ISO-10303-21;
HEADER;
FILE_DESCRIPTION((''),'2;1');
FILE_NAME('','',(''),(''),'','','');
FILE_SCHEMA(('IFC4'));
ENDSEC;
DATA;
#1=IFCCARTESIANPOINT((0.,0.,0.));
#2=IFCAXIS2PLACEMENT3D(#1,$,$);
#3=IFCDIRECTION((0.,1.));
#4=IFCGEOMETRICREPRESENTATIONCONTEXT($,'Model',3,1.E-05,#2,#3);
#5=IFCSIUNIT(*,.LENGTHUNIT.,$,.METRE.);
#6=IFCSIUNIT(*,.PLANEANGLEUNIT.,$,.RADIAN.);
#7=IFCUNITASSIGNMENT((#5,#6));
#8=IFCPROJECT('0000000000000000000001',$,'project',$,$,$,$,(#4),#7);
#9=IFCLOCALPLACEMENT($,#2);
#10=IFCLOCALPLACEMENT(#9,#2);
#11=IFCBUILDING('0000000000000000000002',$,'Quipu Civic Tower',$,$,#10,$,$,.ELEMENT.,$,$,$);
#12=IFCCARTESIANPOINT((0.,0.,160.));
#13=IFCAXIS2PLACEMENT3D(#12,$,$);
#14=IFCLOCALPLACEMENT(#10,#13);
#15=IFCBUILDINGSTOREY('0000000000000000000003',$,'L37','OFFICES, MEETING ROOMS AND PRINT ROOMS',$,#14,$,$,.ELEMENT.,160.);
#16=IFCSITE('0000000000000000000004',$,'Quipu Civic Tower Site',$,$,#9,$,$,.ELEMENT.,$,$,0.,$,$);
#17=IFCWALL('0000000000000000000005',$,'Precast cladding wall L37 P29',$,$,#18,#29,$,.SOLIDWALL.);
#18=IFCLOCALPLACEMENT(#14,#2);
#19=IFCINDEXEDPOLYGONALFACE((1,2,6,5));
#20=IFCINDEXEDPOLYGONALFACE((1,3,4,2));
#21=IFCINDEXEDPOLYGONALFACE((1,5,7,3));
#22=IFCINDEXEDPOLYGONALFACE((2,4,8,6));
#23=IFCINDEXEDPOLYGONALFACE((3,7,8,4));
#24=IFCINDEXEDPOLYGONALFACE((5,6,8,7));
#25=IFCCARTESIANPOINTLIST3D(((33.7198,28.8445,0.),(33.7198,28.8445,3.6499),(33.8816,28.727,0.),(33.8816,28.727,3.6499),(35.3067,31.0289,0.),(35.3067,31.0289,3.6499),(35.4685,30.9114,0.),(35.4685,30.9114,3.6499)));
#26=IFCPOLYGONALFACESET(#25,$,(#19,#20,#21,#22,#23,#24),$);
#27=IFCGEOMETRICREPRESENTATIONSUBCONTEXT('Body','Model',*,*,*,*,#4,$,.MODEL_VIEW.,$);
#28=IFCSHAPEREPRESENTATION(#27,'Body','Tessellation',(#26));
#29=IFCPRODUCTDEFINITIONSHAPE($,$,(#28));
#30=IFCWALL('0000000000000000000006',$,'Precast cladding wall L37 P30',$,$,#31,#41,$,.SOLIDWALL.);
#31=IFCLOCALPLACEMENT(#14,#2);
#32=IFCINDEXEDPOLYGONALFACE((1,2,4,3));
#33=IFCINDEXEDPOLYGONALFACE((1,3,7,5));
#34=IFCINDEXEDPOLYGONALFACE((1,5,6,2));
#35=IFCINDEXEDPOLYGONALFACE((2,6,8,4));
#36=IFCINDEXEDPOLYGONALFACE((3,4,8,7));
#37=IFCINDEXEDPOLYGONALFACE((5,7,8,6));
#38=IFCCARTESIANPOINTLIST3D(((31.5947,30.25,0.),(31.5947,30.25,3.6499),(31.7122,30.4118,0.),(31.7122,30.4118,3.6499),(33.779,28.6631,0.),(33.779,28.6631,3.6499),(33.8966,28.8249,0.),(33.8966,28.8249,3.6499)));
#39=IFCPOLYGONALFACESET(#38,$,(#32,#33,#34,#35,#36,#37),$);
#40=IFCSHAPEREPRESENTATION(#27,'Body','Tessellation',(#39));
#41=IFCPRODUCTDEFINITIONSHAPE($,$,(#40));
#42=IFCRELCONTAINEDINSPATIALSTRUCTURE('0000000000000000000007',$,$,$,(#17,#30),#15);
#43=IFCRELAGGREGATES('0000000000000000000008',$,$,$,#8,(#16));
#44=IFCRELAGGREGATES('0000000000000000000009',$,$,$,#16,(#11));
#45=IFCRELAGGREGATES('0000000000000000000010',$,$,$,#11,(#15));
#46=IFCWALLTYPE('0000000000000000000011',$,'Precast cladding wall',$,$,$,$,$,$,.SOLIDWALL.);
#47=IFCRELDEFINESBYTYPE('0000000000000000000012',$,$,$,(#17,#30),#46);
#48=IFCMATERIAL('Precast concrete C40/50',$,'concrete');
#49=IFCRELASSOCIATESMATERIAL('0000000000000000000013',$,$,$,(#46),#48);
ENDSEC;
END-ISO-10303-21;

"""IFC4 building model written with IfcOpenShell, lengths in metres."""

from ifc_helpers import new_model, si_unit, direction, frame, frame_2d, origin, place, context, subcontext, project, spatial, rectangle, extrude, material, type_object, element, save


model = new_model("IFC4")

# Units and contexts
model_context = context("Model", 3, precision=1e-05, world=origin(), true_north=direction((0.0, 1.0)))
body_context = subcontext(model_context, "Body", "Model", "MODEL_VIEW")
ifc_project = project(units=[si_unit("LENGTHUNIT", "METRE"), si_unit("PLANEANGLEUNIT", "RADIAN")], contexts=[model_context])

# Site, building, storey
site_placement = place(None, origin())
site = spatial("IfcSite", under=ifc_project, at=site_placement, Name="Quipu Civic Tower Site", CompositionType="ELEMENT", RefElevation=0.0)
building_placement = place(site_placement, origin())
building = spatial("IfcBuilding", under=site, at=building_placement, Name="Quipu Civic Tower", CompositionType="ELEMENT")
storey_placement = place(building_placement, frame((0.0, 0.0, 160.0)))
storey = spatial("IfcBuildingStorey", under=building, at=storey_placement, Name="L37", Description="OFFICES, MEETING ROOMS AND PRINT ROOMS", CompositionType="ELEMENT", Elevation=160.0)

# Walls
ifc_material_1 = material(Name="Precast concrete C40/50", Category="concrete")
wall_type_1 = type_object("IfcWallType", Name="Precast cladding wall", PredefinedType="SOLIDWALL", material=ifc_material_1)
for number, where, z_axis, x_axis, name in (
    (1, (35.3877, 30.9702, 0.0), (0.0, 0.0, 1.0), (-0.587763, -0.809033, 0.0), "Precast cladding wall L37 P29"),
    (2, (33.8379, 28.7439, 0.0), (0.0, 0.0, 1.0), (-0.809033, 0.587763, 0.0), "Precast cladding wall L37 P30"),
):
    element("IfcWall", number, at=place(storey_placement, frame(where, z_axis=z_axis, x_axis=x_axis)), inside=storey, type_object=wall_type_1, Name=name, PredefinedType="SOLIDWALL", context=body_context, shape_type="SweptSolid", body=[
        extrude(rectangle(XDim=2.7, YDim=0.2, at=frame_2d((1.3501, 0.0))), origin(), (0.0, 0.0, 1.0), 3.6499),
    ])

save(model, "model.ifc")
